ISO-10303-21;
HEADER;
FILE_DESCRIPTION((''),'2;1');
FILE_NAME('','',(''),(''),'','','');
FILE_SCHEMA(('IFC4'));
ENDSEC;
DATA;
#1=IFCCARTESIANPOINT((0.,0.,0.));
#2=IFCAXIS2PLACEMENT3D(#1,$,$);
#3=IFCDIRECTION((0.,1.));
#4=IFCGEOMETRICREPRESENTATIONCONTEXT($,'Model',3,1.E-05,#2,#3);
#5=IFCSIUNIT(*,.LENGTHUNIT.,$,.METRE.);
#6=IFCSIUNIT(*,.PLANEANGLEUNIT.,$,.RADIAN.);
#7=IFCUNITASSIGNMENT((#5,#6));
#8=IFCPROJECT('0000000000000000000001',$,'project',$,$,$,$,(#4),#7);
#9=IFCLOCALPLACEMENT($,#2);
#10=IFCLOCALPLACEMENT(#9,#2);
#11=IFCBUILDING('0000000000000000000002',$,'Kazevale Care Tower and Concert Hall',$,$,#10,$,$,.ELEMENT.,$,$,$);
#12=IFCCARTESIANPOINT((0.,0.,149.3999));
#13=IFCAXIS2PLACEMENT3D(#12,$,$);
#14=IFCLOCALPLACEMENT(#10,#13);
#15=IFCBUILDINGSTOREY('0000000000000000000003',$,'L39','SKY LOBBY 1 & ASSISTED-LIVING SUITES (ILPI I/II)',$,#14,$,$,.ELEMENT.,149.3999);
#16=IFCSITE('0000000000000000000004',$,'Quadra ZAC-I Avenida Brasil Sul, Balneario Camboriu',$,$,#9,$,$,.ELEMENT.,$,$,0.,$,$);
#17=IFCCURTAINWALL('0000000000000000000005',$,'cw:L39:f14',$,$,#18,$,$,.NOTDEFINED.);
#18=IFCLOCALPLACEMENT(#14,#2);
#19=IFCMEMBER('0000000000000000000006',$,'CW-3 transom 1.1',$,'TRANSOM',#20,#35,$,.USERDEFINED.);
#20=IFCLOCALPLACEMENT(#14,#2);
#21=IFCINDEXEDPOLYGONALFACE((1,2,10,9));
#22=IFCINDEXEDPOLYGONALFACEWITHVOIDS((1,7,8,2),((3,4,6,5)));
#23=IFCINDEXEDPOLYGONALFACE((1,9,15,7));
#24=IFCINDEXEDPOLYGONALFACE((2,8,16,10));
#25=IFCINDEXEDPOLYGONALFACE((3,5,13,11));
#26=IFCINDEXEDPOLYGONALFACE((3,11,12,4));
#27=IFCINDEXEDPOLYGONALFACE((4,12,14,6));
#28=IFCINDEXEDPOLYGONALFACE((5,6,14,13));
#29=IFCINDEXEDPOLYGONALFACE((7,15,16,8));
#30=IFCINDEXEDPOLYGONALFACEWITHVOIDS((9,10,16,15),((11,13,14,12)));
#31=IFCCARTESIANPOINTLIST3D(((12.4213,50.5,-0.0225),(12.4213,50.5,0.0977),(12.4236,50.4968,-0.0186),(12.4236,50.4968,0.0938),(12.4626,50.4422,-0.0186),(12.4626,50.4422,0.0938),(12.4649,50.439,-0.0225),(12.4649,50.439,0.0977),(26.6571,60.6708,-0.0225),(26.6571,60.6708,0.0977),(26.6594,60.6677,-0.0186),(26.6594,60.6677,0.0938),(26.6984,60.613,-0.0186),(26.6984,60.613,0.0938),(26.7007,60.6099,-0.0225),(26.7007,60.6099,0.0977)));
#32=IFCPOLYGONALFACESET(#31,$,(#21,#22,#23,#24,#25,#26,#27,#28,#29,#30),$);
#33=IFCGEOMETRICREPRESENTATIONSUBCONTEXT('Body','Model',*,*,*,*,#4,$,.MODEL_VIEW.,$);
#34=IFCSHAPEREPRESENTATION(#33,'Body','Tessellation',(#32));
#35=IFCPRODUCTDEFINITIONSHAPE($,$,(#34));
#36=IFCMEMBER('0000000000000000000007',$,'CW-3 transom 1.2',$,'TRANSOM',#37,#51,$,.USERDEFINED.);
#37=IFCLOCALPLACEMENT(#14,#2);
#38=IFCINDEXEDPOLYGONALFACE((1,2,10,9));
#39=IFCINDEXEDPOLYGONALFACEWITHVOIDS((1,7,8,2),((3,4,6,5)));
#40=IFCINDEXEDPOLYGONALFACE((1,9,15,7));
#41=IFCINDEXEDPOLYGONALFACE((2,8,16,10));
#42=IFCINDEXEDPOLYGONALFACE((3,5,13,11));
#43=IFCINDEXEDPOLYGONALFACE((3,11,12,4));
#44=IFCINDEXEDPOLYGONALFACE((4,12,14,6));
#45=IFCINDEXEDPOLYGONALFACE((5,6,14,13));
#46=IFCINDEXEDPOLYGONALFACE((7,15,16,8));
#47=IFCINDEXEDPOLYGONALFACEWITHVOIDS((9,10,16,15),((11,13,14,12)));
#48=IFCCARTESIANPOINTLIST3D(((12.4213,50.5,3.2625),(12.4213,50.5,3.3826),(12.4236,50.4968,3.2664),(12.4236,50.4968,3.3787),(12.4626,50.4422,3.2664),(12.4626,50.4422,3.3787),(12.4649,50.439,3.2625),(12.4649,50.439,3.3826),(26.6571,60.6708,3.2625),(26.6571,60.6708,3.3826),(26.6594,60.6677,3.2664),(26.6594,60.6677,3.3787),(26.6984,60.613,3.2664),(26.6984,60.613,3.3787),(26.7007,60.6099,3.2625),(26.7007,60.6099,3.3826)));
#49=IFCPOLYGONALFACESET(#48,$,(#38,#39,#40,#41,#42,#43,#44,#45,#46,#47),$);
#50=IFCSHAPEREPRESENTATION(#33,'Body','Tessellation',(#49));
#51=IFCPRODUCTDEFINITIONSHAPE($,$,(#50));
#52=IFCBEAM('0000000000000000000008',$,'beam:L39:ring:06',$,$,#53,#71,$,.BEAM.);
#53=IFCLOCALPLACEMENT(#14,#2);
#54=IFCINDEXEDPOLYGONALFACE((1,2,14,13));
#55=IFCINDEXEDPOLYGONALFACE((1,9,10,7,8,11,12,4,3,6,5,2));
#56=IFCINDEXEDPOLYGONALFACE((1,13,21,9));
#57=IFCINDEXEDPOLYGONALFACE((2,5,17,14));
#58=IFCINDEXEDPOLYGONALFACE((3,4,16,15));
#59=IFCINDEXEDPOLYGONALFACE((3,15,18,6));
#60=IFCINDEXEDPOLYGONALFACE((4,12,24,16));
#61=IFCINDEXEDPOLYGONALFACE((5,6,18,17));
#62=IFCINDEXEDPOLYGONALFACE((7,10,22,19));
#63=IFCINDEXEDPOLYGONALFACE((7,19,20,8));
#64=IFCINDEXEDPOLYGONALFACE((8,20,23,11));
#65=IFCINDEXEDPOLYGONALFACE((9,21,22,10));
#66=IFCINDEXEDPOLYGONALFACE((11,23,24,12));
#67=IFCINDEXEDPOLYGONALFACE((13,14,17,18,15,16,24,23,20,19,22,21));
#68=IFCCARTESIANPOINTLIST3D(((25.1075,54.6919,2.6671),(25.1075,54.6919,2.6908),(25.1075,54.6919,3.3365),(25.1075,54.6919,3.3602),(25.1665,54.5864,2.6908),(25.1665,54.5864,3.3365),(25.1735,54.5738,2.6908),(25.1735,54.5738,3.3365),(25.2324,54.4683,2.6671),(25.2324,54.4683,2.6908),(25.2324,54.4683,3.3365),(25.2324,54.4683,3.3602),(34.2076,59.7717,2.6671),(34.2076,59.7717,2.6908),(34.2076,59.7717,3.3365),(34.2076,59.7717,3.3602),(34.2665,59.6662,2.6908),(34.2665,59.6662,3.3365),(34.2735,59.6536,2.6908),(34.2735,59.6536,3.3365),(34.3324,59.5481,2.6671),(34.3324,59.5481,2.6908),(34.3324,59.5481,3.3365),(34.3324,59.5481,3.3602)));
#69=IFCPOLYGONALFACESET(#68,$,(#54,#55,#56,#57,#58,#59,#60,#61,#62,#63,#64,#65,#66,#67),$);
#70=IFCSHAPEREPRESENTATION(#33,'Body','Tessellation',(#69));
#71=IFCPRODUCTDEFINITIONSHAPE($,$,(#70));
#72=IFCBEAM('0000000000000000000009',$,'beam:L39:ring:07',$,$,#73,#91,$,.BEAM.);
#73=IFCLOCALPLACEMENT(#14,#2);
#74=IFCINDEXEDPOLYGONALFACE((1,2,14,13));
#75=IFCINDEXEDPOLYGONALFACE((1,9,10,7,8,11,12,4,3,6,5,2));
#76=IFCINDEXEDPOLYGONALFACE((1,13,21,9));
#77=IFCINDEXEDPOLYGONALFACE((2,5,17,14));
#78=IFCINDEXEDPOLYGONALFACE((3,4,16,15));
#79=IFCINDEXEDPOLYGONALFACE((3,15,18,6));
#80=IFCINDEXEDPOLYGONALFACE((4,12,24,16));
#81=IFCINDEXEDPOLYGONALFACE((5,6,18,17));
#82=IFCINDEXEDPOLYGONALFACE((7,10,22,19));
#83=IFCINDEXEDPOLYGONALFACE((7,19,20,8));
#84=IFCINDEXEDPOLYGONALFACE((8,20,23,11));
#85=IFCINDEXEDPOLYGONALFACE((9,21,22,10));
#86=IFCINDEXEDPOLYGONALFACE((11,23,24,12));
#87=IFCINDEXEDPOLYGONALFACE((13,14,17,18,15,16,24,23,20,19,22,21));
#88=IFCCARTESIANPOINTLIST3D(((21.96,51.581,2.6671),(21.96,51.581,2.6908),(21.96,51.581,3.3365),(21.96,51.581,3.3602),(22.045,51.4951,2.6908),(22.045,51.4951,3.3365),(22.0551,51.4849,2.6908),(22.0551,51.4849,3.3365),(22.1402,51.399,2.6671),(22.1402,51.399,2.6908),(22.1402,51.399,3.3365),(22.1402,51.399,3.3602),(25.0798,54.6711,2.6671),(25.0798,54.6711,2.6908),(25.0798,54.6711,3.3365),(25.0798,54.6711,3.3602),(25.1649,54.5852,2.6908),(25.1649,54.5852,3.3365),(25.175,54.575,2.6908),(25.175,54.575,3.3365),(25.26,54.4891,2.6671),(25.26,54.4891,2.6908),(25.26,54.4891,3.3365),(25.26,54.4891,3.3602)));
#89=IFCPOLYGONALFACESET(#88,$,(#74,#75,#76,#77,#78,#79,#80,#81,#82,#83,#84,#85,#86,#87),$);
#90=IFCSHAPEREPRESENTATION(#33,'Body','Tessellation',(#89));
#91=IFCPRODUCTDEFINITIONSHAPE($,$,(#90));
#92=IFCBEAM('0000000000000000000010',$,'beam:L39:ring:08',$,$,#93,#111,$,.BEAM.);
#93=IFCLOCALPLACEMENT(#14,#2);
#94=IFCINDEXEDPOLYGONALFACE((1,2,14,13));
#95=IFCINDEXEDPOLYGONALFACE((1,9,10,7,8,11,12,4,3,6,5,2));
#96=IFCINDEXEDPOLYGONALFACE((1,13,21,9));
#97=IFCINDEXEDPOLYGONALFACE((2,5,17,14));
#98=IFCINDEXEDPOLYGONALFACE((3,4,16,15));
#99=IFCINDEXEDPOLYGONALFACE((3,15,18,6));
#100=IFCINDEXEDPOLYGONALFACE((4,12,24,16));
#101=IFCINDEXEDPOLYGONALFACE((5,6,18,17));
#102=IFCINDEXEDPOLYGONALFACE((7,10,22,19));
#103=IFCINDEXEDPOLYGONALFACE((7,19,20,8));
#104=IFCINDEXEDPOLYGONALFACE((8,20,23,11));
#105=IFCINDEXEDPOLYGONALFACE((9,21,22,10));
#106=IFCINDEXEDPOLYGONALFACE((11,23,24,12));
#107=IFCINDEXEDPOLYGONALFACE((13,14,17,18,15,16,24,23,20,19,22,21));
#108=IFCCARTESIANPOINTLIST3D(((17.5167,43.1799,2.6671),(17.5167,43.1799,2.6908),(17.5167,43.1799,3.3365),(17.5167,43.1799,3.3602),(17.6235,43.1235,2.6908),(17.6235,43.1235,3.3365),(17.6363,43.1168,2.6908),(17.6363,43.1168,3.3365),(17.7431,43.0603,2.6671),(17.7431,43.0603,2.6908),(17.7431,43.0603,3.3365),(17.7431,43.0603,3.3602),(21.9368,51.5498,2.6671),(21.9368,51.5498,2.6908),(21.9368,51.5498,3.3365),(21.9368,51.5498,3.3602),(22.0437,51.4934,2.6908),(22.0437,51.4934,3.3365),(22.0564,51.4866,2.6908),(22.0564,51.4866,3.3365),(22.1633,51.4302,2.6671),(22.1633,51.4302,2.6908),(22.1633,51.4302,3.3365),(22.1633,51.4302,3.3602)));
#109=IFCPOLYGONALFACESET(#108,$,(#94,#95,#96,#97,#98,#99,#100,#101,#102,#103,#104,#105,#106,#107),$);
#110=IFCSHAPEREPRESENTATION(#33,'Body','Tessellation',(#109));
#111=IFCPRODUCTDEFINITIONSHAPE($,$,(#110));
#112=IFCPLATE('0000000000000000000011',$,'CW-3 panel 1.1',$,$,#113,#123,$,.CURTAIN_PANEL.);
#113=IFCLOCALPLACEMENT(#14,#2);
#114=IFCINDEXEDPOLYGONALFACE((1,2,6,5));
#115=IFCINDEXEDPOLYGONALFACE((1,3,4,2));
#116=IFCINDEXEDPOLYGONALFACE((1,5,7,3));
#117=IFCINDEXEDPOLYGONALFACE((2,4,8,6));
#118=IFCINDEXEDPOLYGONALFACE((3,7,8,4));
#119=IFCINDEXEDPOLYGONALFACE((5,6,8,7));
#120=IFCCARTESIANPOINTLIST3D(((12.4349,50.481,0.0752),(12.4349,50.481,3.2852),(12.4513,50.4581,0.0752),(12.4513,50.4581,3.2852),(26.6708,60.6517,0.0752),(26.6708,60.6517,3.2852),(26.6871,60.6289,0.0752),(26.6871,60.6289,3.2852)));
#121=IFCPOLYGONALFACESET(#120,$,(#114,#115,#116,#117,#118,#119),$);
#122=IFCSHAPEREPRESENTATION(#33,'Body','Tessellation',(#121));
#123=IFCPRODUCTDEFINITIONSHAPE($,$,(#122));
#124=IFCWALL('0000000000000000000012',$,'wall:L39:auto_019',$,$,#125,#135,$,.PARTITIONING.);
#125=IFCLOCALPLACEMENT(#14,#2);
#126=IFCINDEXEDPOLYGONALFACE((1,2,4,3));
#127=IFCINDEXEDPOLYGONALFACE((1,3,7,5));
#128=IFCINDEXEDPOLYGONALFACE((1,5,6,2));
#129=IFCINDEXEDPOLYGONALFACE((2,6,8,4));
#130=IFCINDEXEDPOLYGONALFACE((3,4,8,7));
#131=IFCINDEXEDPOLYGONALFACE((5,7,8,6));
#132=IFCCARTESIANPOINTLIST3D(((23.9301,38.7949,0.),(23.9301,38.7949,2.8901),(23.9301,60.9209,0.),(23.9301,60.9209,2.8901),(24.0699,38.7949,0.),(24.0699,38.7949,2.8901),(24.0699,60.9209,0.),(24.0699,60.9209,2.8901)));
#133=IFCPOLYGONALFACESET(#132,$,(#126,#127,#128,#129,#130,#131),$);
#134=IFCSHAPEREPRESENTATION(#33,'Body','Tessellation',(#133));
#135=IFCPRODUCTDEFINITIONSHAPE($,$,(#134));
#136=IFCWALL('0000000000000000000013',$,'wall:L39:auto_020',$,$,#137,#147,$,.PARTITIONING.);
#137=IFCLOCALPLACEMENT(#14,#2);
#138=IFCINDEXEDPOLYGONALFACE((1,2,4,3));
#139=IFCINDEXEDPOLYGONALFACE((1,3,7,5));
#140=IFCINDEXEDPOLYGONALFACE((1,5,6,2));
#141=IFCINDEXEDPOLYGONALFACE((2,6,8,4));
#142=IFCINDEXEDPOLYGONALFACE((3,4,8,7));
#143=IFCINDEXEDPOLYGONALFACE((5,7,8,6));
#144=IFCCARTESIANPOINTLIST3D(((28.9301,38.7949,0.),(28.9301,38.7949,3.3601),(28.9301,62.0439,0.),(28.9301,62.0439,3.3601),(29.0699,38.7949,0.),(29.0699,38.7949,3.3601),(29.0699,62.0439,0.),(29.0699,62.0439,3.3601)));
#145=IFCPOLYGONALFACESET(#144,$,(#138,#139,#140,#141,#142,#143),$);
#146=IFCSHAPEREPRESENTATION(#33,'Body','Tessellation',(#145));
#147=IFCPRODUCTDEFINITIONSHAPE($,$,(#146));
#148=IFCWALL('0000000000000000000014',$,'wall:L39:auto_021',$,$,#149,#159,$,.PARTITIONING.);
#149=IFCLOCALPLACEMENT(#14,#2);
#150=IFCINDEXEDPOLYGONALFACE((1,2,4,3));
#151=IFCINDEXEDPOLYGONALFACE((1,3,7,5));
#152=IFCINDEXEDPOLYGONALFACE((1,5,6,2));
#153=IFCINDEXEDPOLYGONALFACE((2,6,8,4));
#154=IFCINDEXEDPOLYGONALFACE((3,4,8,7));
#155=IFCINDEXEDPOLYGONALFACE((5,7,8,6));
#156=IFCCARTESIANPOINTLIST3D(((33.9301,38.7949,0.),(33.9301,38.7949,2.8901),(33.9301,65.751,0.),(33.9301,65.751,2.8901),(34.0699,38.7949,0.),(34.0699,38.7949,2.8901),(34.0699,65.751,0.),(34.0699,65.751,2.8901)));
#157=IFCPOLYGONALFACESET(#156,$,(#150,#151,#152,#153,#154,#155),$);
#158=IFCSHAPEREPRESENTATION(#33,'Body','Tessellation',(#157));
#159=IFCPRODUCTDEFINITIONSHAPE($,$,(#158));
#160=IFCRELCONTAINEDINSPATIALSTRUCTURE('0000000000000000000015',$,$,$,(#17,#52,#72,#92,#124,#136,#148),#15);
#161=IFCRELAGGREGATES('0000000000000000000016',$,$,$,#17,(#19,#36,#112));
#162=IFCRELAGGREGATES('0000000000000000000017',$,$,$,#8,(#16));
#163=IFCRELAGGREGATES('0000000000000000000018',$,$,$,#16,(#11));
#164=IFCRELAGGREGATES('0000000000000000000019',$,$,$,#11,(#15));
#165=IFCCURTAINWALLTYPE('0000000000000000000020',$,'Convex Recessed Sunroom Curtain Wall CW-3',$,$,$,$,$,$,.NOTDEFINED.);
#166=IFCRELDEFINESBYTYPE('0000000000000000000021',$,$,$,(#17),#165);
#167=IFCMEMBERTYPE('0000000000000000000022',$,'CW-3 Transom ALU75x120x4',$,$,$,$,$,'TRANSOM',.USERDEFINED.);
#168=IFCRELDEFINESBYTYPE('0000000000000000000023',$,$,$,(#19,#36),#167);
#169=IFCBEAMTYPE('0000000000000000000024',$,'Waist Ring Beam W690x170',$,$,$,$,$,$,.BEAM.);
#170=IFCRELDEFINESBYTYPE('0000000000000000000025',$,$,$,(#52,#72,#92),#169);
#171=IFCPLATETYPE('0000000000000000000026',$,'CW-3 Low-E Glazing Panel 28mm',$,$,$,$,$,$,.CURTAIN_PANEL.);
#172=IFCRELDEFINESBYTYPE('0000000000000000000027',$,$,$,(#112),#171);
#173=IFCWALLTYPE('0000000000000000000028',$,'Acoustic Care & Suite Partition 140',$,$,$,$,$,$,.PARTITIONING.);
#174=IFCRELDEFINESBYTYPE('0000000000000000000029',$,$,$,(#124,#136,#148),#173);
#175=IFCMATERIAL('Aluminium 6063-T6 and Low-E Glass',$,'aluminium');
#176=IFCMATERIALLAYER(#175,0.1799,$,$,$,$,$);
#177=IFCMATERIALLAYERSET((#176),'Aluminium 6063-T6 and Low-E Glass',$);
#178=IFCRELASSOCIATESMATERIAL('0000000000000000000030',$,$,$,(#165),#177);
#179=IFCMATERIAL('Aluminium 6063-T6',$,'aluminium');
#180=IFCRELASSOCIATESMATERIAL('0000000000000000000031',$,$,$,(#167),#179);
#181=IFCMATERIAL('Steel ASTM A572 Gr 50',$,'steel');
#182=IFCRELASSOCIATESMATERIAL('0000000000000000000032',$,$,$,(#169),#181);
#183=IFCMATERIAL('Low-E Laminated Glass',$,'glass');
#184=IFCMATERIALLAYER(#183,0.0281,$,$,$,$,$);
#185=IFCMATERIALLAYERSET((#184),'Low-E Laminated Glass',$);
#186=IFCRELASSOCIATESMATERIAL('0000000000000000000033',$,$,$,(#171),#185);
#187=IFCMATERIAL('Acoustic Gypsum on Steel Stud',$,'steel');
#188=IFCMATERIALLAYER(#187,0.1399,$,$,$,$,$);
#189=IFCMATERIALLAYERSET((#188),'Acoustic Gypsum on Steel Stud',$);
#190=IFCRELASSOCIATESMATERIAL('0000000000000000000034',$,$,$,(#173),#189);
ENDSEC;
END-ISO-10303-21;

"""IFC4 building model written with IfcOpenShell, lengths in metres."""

from ifc_helpers import new_model, si_unit, direction, frame, frame_2d, origin, origin_2d, place, context, subcontext, project, spatial, rectangle, hollow_rectangle, i_section, extrude, material, layer, layer_set, material_profile, profile_set, type_object, element, aggregate, save


model = new_model("IFC4")

# Units and contexts
model_context = context("Model", 3, precision=1e-05, world=origin(), true_north=direction((0.0, 1.0)))
body_context = subcontext(model_context, "Body", "Model", "MODEL_VIEW")
ifc_project = project(units=[si_unit("LENGTHUNIT", "METRE"), si_unit("PLANEANGLEUNIT", "RADIAN")], contexts=[model_context])

# Site, building, storey
site_placement = place(None, origin())
site = spatial("IfcSite", under=ifc_project, at=site_placement, Name="Quadra ZAC-I Avenida Brasil Sul, Balneario Camboriu", CompositionType="ELEMENT", RefElevation=0.0)
building_placement = place(site_placement, origin())
building = spatial("IfcBuilding", under=site, at=building_placement, Name="Kazevale Care Tower and Concert Hall", CompositionType="ELEMENT")
storey_placement = place(building_placement, frame((0.0, 0.0, 149.3999)))
storey = spatial("IfcBuildingStorey", under=building, at=storey_placement, Name="L39", Description="SKY LOBBY 1 & ASSISTED-LIVING SUITES (ILPI I/II)", CompositionType="ELEMENT", Elevation=149.3999)

# Curtain wall, members
ifc_material_1 = material(Name="Aluminium 6063-T6 and Low-E Glass", Category="aluminium")
ifc_layer_1 = layer(ifc_material_1, 0.1799)
ifc_layer_set_1 = layer_set([ifc_layer_1], Name="Aluminium 6063-T6 and Low-E Glass")
curtain_wall_type = type_object("IfcCurtainWallType", Name="Convex Recessed Sunroom Curtain Wall CW-3", PredefinedType="NOTDEFINED", material=ifc_layer_set_1)
curtain_wall_placement = place(storey_placement, origin())
curtain_wall = element("IfcCurtainWall", 1, at=curtain_wall_placement, inside=storey, type_object=curtain_wall_type, Name="cw:L39:f14", PredefinedType="NOTDEFINED")
ifc_material_2 = material(Name="Aluminium 6063-T6", Category="aluminium")
ifc_material_profile_1 = material_profile(ifc_material_2, hollow_rectangle(XDim=0.075, YDim=0.1201, WallThickness=0.0039, at=origin_2d()), Name="ALU75x120x4")
ifc_profile_set_1 = profile_set([ifc_material_profile_1], Name="Aluminium 6063-T6")
member_type_1 = type_object("IfcMemberType", Name="CW-3 Transom ALU75x120x4", ElementType="TRANSOM", PredefinedType="USERDEFINED", material=ifc_profile_set_1)
member_1_placement = place(storey_placement, frame((12.4431, 50.4695, 0.0376), z_axis=(0.813667, 0.581331, 0.0), x_axis=(-0.581331, 0.813667, 0.0)))
member_1 = element("IfcMember", 2, at=member_1_placement, type_object=member_type_1, Name="CW-3 transom 1.1", ObjectType="TRANSOM", PredefinedType="USERDEFINED", context=body_context, shape_type="SweptSolid", body=[
    extrude(hollow_rectangle(XDim=0.075, YDim=0.1201, WallThickness=0.0039, at=origin_2d()), origin(), (0.0, 0.0, 1.0), 17.4958),
])
member_2_placement = place(storey_placement, frame((12.4431, 50.4695, 3.3225), z_axis=(0.813667, 0.581331, 0.0), x_axis=(-0.581331, 0.813667, 0.0)))
member_2 = element("IfcMember", 3, at=member_2_placement, type_object=member_type_1, Name="CW-3 transom 1.2", ObjectType="TRANSOM", PredefinedType="USERDEFINED", context=body_context, shape_type="SweptSolid", body=[
    extrude(hollow_rectangle(XDim=0.075, YDim=0.1201, WallThickness=0.0039, at=origin_2d()), origin(), (0.0, 0.0, 1.0), 17.4958),
])

# Beams
ifc_material_3 = material(Name="Steel ASTM A572 Gr 50", Category="steel")
ifc_material_profile_2 = material_profile(ifc_material_3, i_section(OverallWidth=0.2561, OverallDepth=0.6931, WebThickness=0.0144, FlangeThickness=0.0237, at=origin_2d()), Name="W690x170")
ifc_profile_set_2 = profile_set([ifc_material_profile_2], Name="Steel ASTM A572 Gr 50")
beam_type = type_object("IfcBeamType", Name="Waist Ring Beam W690x170", PredefinedType="BEAM", material=ifc_profile_set_2)
beam_1_placement = place(storey_placement, frame((34.27, 59.6599, 3.0137), z_axis=(-0.873169, -0.487418, 0.0), x_axis=(0.487418, -0.873169, 0.0)))
element("IfcBeam", 4, at=beam_1_placement, inside=storey, type_object=beam_type, Name="beam:L39:ring:06", PredefinedType="BEAM", context=body_context, shape_type="SweptSolid", body=[
    extrude(i_section(OverallWidth=0.2561, OverallDepth=0.6931, WebThickness=0.0144, FlangeThickness=0.0237, at=origin_2d()), origin(), (0.0, 0.0, 1.0), 10.4219),
])
beam_2_placement = place(storey_placement, frame((25.1699, 54.5801, 3.0137), z_axis=(-0.71049, -0.703707, 0.0), x_axis=(0.703707, -0.71049, 0.0)))
element("IfcBeam", 5, at=beam_2_placement, inside=storey, type_object=beam_type, Name="beam:L39:ring:07", PredefinedType="BEAM", context=body_context, shape_type="SweptSolid", body=[
    extrude(i_section(OverallWidth=0.2561, OverallDepth=0.6931, WebThickness=0.0144, FlangeThickness=0.0237, at=origin_2d()), origin(), (0.0, 0.0, 1.0), 4.3911),
])
beam_3_placement = place(storey_placement, frame((22.05, 51.49, 3.0137), z_axis=(-0.466984, -0.884266, 0.0), x_axis=(0.884266, -0.466984, 0.0)))
element("IfcBeam", 6, at=beam_3_placement, inside=storey, type_object=beam_type, Name="beam:L39:ring:08", PredefinedType="BEAM", context=body_context, shape_type="SweptSolid", body=[
    extrude(i_section(OverallWidth=0.2561, OverallDepth=0.6931, WebThickness=0.0144, FlangeThickness=0.0237, at=origin_2d()), origin(), (0.0, 0.0, 1.0), 9.4653),
])

# Plate
ifc_material_4 = material(Name="Low-E Laminated Glass", Category="glass")
ifc_layer_2 = layer(ifc_material_4, 0.0281)
ifc_layer_set_2 = layer_set([ifc_layer_2], Name="Low-E Laminated Glass")
plate_type = type_object("IfcPlateType", Name="CW-3 Low-E Glazing Panel 28mm", PredefinedType="CURTAIN_PANEL", material=ifc_layer_set_2)
plate_placement = place(storey_placement, frame((19.561, 55.5549, 0.0752), z_axis=(0.0, 0.0, 1.0), x_axis=(0.813672, 0.581324, 0.0)))
plate = element("IfcPlate", 7, at=plate_placement, type_object=plate_type, Name="CW-3 panel 1.1", PredefinedType="CURTAIN_PANEL", context=body_context, shape_type="SweptSolid", body=[
    extrude(rectangle(XDim=17.4958, YDim=0.0281, at=origin_2d()), origin(), (0.0, 0.0, 1.0), 3.21),
])
aggregate(curtain_wall, [member_1, member_2, plate])

# Walls
ifc_material_5 = material(Name="Acoustic Gypsum on Steel Stud", Category="steel")
ifc_layer_3 = layer(ifc_material_5, 0.1399)
ifc_layer_set_3 = layer_set([ifc_layer_3], Name="Acoustic Gypsum on Steel Stud")
wall_type_1 = type_object("IfcWallType", Name="Acoustic Care & Suite Partition 140", PredefinedType="PARTITIONING", material=ifc_layer_set_3)
wall_1_placement = place(storey_placement, frame((24.0, 60.9209, 0.0), z_axis=(0.0, 0.0, 1.0), x_axis=(0.0, -1.0, 0.0)))
element("IfcWall", 8, at=wall_1_placement, inside=storey, type_object=wall_type_1, Name="wall:L39:auto_019", PredefinedType="PARTITIONING", context=body_context, shape_type="SweptSolid", body=[
    extrude(rectangle(XDim=22.126, YDim=0.1399, at=frame_2d((11.063, 0.0))), origin(), (0.0, 0.0, 1.0), 2.8901),
])
wall_2_placement = place(storey_placement, frame((29.0, 62.0439, 0.0), z_axis=(0.0, 0.0, 1.0), x_axis=(0.0, -1.0, 0.0)))
element("IfcWall", 9, at=wall_2_placement, inside=storey, type_object=wall_type_1, Name="wall:L39:auto_020", PredefinedType="PARTITIONING", context=body_context, shape_type="SweptSolid", body=[
    extrude(rectangle(XDim=23.249, YDim=0.1399, at=frame_2d((11.6245, 0.0))), origin(), (0.0, 0.0, 1.0), 3.3601),
])
wall_3_placement = place(storey_placement, frame((34.0, 65.751, 0.0), z_axis=(0.0, 0.0, 1.0), x_axis=(0.0, -1.0, 0.0)))
element("IfcWall", 10, at=wall_3_placement, inside=storey, type_object=wall_type_1, Name="wall:L39:auto_021", PredefinedType="PARTITIONING", context=body_context, shape_type="SweptSolid", body=[
    extrude(rectangle(XDim=26.9561, YDim=0.1399, at=frame_2d((13.478, 0.0))), origin(), (0.0, 0.0, 1.0), 2.8901),
])

save(model, "model.ifc")
